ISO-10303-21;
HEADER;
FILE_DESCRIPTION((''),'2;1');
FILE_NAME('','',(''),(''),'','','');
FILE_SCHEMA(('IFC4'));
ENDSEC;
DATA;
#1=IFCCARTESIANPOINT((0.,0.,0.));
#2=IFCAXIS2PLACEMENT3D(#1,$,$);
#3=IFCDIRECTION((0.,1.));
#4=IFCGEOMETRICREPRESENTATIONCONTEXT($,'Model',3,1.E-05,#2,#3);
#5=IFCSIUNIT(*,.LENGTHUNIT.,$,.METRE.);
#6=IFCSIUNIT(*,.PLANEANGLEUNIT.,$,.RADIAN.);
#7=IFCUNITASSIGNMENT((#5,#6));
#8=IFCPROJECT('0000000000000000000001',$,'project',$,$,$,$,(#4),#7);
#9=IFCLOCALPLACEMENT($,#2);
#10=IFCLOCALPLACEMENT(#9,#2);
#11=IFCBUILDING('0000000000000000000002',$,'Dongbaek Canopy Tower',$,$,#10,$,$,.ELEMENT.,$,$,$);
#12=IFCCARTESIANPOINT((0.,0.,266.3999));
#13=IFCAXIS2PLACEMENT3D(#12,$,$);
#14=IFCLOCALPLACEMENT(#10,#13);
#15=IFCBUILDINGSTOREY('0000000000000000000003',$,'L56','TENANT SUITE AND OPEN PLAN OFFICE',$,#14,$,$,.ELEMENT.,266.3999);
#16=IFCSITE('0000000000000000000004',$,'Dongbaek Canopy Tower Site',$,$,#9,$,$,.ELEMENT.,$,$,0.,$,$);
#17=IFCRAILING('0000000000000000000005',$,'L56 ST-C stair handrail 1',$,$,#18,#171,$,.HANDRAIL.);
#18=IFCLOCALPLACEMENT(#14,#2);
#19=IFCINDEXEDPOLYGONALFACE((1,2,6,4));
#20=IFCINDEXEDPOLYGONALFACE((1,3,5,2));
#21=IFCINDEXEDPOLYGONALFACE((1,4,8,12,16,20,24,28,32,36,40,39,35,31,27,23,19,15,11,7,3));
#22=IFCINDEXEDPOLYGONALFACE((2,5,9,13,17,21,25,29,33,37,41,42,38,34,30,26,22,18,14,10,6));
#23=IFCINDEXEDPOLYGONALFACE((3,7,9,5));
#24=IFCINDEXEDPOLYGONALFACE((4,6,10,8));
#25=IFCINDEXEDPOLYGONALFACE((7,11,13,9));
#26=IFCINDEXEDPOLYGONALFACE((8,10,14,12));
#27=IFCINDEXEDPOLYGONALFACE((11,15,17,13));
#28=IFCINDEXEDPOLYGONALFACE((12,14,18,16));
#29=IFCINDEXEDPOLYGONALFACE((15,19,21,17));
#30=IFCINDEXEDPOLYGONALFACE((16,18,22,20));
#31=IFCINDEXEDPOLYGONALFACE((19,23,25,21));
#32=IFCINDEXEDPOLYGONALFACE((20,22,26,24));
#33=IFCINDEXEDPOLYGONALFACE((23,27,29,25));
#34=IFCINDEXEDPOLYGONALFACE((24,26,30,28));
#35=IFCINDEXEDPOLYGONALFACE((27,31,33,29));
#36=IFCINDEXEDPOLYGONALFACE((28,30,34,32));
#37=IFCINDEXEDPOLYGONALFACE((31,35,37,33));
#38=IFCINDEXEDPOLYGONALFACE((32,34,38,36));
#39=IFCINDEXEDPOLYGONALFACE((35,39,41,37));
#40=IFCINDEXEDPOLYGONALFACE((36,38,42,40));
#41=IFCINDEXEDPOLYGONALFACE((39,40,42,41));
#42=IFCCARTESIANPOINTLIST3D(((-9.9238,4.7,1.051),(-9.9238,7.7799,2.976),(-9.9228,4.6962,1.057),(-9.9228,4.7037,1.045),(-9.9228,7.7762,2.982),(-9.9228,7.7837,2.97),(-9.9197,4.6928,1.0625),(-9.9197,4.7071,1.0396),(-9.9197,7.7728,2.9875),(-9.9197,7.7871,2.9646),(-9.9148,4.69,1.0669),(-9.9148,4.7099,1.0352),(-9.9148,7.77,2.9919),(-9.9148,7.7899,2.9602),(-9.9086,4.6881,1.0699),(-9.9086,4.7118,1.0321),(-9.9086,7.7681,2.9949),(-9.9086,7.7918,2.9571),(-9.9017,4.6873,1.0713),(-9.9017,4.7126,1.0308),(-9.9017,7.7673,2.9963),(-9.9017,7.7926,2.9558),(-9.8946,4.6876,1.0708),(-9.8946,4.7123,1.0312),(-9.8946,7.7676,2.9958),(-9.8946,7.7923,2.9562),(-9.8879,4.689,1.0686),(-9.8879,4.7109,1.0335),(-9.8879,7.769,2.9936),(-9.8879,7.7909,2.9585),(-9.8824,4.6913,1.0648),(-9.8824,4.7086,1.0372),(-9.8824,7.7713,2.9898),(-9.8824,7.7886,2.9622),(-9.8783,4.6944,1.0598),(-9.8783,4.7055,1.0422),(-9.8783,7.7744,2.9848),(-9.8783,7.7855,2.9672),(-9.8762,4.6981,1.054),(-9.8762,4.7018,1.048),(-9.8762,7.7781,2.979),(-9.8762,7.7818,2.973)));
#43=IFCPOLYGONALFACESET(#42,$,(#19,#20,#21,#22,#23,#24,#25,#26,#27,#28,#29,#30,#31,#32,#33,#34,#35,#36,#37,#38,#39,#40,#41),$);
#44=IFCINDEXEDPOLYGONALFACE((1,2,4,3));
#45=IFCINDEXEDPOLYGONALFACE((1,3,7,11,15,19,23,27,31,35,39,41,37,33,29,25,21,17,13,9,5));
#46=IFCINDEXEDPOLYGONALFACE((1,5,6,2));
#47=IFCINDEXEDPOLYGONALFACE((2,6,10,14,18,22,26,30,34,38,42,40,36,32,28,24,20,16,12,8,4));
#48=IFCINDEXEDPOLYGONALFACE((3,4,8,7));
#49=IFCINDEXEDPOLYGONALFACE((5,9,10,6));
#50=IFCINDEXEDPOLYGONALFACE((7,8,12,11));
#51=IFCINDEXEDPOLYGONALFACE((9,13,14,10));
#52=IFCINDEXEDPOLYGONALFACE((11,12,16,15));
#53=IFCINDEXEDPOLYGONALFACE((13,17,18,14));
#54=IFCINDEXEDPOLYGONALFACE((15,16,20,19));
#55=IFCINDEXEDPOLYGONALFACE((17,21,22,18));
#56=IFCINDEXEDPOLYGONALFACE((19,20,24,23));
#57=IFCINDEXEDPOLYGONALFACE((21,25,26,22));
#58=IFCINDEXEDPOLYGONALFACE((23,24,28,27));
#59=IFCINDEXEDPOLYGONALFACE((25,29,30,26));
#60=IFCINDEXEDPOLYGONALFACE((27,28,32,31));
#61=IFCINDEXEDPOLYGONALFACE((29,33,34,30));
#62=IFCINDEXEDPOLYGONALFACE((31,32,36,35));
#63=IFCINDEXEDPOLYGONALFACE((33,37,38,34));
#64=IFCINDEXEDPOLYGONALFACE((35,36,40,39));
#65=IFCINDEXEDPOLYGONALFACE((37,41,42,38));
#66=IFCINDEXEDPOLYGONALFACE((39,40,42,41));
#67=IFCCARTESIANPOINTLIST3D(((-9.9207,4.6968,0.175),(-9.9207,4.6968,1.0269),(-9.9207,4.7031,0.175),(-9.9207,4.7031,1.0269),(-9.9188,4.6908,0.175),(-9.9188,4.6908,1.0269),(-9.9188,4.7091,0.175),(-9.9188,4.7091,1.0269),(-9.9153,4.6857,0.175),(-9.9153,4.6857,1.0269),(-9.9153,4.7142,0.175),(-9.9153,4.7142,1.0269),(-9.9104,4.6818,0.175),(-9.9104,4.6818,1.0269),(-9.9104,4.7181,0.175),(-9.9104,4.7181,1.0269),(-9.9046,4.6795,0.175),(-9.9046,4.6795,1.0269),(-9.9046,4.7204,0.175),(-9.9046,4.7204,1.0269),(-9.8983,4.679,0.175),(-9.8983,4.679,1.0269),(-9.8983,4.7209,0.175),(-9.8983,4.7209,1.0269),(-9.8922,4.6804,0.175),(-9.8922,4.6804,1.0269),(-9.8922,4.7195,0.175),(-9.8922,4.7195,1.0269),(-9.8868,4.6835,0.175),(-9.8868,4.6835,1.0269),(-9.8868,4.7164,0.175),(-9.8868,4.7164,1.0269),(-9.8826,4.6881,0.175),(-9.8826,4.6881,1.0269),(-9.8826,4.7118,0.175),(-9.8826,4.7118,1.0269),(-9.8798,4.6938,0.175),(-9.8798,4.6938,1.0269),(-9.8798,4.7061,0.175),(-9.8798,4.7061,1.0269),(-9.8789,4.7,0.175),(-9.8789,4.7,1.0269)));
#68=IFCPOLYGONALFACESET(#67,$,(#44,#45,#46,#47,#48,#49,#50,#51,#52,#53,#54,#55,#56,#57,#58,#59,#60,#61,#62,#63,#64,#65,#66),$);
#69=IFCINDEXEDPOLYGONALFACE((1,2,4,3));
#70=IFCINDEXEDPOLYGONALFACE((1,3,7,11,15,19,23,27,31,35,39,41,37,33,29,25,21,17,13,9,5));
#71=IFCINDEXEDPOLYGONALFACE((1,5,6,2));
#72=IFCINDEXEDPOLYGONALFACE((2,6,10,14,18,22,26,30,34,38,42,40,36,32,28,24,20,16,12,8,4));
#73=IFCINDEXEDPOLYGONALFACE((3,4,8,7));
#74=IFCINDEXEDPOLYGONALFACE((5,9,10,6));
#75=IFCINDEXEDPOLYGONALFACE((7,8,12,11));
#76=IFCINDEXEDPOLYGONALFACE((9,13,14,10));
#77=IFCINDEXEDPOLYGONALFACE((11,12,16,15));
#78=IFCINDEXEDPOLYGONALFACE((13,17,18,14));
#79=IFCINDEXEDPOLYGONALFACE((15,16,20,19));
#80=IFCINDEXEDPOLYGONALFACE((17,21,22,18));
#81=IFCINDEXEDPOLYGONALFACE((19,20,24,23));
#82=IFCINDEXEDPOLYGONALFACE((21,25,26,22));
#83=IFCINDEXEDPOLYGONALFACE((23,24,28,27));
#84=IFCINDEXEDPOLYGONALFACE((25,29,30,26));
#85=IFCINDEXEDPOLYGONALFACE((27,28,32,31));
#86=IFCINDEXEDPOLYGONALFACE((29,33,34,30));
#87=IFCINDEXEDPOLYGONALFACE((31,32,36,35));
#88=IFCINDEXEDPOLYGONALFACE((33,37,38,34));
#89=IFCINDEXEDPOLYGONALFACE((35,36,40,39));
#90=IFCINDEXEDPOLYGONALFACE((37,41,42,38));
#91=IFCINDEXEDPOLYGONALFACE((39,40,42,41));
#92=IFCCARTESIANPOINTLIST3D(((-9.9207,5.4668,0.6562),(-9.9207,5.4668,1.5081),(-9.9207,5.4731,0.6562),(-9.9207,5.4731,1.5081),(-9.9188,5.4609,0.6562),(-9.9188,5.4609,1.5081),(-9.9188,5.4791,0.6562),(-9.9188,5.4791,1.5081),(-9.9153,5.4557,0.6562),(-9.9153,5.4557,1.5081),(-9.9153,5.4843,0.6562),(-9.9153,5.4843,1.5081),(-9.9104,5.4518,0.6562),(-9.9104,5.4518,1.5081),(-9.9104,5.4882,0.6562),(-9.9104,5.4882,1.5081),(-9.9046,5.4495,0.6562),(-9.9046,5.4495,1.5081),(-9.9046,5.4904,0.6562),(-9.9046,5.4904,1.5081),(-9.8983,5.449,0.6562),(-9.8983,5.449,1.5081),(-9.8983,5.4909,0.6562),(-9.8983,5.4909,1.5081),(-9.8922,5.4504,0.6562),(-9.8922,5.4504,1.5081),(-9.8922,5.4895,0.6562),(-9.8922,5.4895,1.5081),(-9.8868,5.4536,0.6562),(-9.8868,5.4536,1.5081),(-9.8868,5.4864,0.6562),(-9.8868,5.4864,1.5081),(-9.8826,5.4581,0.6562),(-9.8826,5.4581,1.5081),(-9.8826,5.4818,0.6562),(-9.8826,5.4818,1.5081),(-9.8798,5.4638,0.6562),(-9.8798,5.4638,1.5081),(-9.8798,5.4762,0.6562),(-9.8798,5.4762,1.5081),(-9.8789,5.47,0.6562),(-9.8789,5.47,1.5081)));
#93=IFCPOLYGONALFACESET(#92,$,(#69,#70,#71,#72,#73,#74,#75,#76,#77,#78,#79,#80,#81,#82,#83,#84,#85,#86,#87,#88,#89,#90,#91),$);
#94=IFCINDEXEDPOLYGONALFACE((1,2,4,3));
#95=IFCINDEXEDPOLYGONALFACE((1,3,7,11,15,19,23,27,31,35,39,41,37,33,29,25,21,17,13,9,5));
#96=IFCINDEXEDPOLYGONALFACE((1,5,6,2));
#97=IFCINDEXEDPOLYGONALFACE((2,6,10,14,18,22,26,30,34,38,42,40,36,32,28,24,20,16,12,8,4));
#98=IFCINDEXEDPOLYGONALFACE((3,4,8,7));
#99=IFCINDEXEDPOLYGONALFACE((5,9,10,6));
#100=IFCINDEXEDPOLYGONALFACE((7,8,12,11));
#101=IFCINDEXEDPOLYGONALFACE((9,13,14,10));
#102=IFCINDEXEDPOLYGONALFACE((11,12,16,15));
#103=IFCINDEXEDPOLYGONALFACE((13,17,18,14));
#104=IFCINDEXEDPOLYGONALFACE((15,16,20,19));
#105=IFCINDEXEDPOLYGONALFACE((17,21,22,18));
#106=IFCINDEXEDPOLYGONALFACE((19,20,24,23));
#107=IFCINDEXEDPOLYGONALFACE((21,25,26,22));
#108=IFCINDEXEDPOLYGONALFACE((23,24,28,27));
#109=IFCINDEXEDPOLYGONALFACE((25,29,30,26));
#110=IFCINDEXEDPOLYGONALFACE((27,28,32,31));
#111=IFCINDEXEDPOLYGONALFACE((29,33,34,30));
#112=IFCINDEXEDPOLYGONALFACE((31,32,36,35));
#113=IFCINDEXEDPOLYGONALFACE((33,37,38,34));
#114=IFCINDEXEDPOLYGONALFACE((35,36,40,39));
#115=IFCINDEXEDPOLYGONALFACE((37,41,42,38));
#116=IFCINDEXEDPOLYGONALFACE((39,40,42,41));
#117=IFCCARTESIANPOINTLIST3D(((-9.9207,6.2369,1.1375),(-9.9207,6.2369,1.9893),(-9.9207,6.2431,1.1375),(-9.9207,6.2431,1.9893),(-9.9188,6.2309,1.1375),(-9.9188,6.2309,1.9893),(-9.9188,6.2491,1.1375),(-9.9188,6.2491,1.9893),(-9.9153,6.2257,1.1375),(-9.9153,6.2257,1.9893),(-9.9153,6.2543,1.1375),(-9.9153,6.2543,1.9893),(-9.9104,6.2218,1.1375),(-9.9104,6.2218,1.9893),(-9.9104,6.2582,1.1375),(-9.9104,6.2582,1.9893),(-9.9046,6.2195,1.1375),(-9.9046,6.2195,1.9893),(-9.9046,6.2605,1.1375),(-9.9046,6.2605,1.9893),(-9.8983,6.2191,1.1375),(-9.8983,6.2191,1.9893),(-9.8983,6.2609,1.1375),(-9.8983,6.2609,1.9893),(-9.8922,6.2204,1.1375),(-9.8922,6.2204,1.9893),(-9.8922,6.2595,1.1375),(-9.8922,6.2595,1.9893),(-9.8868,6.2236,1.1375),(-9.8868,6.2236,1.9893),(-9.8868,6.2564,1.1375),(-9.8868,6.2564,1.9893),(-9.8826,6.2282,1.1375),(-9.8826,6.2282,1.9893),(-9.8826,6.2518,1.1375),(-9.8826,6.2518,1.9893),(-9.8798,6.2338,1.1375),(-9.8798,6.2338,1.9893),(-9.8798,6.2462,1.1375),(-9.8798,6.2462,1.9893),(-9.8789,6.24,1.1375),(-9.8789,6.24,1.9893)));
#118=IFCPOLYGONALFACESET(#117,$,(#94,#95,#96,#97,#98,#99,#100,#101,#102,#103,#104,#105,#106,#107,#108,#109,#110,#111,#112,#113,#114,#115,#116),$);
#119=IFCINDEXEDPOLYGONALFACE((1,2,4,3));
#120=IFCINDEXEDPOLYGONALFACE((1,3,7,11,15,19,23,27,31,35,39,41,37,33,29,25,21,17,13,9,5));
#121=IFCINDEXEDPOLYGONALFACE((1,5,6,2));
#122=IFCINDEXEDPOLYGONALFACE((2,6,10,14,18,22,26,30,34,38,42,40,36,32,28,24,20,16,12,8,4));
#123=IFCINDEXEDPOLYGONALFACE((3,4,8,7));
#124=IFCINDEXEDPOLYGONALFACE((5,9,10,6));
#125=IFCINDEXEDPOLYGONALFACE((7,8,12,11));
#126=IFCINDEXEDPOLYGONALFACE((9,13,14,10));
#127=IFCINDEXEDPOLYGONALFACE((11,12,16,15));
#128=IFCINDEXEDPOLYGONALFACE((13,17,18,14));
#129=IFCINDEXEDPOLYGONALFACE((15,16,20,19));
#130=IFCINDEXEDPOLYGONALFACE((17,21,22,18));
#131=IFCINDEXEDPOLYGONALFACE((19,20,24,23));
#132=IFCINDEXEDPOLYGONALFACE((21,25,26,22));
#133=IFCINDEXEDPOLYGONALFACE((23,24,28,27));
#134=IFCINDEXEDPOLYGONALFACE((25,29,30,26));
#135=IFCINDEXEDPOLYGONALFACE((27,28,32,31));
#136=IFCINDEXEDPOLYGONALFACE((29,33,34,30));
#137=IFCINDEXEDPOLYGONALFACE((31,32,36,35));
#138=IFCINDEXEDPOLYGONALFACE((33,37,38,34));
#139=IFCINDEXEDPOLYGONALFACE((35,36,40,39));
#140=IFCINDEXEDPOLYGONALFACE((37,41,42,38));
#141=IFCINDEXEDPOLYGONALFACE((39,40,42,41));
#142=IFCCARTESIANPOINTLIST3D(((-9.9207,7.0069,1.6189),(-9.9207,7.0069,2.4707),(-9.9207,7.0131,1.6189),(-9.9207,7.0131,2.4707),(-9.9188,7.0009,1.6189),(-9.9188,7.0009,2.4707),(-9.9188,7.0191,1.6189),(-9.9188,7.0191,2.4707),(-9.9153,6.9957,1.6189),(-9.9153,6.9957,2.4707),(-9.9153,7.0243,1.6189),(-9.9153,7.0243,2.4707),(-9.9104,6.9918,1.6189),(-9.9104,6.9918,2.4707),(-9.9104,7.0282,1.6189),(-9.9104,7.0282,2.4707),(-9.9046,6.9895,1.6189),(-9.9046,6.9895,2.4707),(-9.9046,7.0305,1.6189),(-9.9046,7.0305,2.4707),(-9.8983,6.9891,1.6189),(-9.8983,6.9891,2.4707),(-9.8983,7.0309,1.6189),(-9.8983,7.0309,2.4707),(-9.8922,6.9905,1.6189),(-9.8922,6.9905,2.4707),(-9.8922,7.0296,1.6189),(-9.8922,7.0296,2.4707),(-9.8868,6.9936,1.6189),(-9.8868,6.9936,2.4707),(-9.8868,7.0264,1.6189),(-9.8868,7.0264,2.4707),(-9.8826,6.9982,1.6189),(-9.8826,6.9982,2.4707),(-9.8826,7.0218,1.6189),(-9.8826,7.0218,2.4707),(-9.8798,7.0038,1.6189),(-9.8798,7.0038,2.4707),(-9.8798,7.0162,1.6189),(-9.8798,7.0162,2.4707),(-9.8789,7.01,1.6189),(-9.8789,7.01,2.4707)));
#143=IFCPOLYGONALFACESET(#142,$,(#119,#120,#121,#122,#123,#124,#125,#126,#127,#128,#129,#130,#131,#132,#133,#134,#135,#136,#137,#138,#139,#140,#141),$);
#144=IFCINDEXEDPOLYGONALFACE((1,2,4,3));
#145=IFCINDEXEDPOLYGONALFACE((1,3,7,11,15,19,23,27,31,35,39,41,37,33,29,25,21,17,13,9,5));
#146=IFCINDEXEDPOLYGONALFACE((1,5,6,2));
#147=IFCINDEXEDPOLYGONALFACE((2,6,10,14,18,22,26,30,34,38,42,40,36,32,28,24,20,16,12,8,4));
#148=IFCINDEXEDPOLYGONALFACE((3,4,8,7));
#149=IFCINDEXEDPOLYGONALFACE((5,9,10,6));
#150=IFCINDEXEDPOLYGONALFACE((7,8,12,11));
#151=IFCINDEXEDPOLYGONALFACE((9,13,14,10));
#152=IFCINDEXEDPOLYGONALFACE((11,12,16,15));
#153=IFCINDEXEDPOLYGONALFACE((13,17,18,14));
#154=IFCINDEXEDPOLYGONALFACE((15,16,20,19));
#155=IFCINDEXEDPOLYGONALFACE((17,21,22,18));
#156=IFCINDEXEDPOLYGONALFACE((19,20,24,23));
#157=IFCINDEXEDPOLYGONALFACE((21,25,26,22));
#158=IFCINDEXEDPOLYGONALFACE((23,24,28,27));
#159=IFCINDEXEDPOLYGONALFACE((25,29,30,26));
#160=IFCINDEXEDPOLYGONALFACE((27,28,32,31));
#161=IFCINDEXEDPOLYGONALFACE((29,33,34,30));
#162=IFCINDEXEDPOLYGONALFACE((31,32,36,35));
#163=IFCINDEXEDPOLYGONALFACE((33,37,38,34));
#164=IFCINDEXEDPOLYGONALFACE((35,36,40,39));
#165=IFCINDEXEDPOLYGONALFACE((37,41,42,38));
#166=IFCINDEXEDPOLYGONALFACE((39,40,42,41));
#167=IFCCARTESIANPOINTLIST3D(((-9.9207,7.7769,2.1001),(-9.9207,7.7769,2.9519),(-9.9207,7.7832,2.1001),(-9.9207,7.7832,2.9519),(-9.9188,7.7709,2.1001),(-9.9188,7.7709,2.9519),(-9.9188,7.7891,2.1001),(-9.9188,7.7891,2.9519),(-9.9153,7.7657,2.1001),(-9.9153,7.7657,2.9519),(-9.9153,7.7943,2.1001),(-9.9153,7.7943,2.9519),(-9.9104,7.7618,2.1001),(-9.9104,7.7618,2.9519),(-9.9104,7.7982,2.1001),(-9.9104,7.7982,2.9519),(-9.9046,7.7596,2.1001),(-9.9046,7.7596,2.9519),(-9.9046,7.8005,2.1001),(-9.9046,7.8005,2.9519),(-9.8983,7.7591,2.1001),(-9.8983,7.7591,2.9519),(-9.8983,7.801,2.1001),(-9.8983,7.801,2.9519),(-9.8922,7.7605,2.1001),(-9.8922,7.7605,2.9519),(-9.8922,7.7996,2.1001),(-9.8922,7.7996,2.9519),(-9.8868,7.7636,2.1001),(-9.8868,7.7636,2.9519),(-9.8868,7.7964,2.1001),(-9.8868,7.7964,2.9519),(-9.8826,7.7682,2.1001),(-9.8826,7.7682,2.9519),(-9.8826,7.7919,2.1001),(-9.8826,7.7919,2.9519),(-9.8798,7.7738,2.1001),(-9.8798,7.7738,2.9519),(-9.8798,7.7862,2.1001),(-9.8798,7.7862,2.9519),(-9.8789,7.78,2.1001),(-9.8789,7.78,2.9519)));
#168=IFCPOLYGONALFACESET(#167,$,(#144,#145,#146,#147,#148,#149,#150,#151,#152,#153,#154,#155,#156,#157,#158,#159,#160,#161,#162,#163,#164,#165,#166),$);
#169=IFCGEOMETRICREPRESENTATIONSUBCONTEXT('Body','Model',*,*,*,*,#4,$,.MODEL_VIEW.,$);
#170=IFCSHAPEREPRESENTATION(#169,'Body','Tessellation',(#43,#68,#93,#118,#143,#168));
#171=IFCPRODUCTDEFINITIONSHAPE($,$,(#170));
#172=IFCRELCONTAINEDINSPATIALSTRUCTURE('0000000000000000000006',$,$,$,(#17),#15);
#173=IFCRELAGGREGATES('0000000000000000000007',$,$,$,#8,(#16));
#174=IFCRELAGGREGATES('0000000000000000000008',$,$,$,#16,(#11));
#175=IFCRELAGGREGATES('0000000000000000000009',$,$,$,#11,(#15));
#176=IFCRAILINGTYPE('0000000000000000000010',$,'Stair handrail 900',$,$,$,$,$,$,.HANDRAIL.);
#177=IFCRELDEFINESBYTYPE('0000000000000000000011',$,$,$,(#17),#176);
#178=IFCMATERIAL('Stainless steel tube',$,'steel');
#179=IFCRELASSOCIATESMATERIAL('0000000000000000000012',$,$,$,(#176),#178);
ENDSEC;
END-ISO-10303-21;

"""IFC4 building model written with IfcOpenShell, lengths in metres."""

from ifc_helpers import new_model, si_unit, direction, frame, origin, origin_2d, place, context, subcontext, project, spatial, circle, extrude, material, type_object, element, save


model = new_model("IFC4")

# Units and contexts
model_context = context("Model", 3, precision=1e-05, world=origin(), true_north=direction((0.0, 1.0)))
body_context = subcontext(model_context, "Body", "Model", "MODEL_VIEW")
ifc_project = project(units=[si_unit("LENGTHUNIT", "METRE"), si_unit("PLANEANGLEUNIT", "RADIAN")], contexts=[model_context])

# Site, building, storey
site_placement = place(None, origin())
site = spatial("IfcSite", under=ifc_project, at=site_placement, Name="Dongbaek Canopy Tower Site", CompositionType="ELEMENT", RefElevation=0.0)
building_placement = place(site_placement, origin())
building = spatial("IfcBuilding", under=site, at=building_placement, Name="Dongbaek Canopy Tower", CompositionType="ELEMENT")
storey_placement = place(building_placement, frame((0.0, 0.0, 266.3999)))
storey = spatial("IfcBuildingStorey", under=building, at=storey_placement, Name="L56", Description="TENANT SUITE AND OPEN PLAN OFFICE", CompositionType="ELEMENT", Elevation=266.3999)

# Railing
ifc_material_1 = material(Name="Stainless steel tube", Category="steel")
railing_type_1 = type_object("IfcRailingType", Name="Stair handrail 900", PredefinedType="HANDRAIL", material=ifc_material_1)
railing_1_placement = place(storey_placement, frame((-9.8999, 4.7, 0.175)))
element("IfcRailing", 1, at=railing_1_placement, inside=storey, type_object=railing_type_1, Name="L56 ST-C stair handrail 1", PredefinedType="HANDRAIL", context=body_context, shape_type="SweptSolid", body=[
    extrude(circle(Radius=0.0239, at=origin_2d()), frame((0.0, 0.0, 0.876), z_axis=(0.0, 0.847998, 0.529999), x_axis=(-1.0, 0.0, 0.0)), (0.0, 0.0, 1.0), 3.6321),
    extrude(circle(Radius=0.021, at=origin_2d()), origin(), (0.0, 0.0, 1.0), 0.8518),
    extrude(circle(Radius=0.021, at=origin_2d()), frame((0.0, 0.77, 0.4812)), (0.0, 0.0, 1.0), 0.8518),
    extrude(circle(Radius=0.021, at=origin_2d()), frame((0.0, 1.54, 0.9624)), (0.0, 0.0, 1.0), 0.8518),
    extrude(circle(Radius=0.021, at=origin_2d()), frame((0.0, 2.3101, 1.4438)), (0.0, 0.0, 1.0), 0.8518),
    extrude(circle(Radius=0.021, at=origin_2d()), frame((0.0, 3.0801, 1.925)), (0.0, 0.0, 1.0), 0.8518),
])

save(model, "model.ifc")
